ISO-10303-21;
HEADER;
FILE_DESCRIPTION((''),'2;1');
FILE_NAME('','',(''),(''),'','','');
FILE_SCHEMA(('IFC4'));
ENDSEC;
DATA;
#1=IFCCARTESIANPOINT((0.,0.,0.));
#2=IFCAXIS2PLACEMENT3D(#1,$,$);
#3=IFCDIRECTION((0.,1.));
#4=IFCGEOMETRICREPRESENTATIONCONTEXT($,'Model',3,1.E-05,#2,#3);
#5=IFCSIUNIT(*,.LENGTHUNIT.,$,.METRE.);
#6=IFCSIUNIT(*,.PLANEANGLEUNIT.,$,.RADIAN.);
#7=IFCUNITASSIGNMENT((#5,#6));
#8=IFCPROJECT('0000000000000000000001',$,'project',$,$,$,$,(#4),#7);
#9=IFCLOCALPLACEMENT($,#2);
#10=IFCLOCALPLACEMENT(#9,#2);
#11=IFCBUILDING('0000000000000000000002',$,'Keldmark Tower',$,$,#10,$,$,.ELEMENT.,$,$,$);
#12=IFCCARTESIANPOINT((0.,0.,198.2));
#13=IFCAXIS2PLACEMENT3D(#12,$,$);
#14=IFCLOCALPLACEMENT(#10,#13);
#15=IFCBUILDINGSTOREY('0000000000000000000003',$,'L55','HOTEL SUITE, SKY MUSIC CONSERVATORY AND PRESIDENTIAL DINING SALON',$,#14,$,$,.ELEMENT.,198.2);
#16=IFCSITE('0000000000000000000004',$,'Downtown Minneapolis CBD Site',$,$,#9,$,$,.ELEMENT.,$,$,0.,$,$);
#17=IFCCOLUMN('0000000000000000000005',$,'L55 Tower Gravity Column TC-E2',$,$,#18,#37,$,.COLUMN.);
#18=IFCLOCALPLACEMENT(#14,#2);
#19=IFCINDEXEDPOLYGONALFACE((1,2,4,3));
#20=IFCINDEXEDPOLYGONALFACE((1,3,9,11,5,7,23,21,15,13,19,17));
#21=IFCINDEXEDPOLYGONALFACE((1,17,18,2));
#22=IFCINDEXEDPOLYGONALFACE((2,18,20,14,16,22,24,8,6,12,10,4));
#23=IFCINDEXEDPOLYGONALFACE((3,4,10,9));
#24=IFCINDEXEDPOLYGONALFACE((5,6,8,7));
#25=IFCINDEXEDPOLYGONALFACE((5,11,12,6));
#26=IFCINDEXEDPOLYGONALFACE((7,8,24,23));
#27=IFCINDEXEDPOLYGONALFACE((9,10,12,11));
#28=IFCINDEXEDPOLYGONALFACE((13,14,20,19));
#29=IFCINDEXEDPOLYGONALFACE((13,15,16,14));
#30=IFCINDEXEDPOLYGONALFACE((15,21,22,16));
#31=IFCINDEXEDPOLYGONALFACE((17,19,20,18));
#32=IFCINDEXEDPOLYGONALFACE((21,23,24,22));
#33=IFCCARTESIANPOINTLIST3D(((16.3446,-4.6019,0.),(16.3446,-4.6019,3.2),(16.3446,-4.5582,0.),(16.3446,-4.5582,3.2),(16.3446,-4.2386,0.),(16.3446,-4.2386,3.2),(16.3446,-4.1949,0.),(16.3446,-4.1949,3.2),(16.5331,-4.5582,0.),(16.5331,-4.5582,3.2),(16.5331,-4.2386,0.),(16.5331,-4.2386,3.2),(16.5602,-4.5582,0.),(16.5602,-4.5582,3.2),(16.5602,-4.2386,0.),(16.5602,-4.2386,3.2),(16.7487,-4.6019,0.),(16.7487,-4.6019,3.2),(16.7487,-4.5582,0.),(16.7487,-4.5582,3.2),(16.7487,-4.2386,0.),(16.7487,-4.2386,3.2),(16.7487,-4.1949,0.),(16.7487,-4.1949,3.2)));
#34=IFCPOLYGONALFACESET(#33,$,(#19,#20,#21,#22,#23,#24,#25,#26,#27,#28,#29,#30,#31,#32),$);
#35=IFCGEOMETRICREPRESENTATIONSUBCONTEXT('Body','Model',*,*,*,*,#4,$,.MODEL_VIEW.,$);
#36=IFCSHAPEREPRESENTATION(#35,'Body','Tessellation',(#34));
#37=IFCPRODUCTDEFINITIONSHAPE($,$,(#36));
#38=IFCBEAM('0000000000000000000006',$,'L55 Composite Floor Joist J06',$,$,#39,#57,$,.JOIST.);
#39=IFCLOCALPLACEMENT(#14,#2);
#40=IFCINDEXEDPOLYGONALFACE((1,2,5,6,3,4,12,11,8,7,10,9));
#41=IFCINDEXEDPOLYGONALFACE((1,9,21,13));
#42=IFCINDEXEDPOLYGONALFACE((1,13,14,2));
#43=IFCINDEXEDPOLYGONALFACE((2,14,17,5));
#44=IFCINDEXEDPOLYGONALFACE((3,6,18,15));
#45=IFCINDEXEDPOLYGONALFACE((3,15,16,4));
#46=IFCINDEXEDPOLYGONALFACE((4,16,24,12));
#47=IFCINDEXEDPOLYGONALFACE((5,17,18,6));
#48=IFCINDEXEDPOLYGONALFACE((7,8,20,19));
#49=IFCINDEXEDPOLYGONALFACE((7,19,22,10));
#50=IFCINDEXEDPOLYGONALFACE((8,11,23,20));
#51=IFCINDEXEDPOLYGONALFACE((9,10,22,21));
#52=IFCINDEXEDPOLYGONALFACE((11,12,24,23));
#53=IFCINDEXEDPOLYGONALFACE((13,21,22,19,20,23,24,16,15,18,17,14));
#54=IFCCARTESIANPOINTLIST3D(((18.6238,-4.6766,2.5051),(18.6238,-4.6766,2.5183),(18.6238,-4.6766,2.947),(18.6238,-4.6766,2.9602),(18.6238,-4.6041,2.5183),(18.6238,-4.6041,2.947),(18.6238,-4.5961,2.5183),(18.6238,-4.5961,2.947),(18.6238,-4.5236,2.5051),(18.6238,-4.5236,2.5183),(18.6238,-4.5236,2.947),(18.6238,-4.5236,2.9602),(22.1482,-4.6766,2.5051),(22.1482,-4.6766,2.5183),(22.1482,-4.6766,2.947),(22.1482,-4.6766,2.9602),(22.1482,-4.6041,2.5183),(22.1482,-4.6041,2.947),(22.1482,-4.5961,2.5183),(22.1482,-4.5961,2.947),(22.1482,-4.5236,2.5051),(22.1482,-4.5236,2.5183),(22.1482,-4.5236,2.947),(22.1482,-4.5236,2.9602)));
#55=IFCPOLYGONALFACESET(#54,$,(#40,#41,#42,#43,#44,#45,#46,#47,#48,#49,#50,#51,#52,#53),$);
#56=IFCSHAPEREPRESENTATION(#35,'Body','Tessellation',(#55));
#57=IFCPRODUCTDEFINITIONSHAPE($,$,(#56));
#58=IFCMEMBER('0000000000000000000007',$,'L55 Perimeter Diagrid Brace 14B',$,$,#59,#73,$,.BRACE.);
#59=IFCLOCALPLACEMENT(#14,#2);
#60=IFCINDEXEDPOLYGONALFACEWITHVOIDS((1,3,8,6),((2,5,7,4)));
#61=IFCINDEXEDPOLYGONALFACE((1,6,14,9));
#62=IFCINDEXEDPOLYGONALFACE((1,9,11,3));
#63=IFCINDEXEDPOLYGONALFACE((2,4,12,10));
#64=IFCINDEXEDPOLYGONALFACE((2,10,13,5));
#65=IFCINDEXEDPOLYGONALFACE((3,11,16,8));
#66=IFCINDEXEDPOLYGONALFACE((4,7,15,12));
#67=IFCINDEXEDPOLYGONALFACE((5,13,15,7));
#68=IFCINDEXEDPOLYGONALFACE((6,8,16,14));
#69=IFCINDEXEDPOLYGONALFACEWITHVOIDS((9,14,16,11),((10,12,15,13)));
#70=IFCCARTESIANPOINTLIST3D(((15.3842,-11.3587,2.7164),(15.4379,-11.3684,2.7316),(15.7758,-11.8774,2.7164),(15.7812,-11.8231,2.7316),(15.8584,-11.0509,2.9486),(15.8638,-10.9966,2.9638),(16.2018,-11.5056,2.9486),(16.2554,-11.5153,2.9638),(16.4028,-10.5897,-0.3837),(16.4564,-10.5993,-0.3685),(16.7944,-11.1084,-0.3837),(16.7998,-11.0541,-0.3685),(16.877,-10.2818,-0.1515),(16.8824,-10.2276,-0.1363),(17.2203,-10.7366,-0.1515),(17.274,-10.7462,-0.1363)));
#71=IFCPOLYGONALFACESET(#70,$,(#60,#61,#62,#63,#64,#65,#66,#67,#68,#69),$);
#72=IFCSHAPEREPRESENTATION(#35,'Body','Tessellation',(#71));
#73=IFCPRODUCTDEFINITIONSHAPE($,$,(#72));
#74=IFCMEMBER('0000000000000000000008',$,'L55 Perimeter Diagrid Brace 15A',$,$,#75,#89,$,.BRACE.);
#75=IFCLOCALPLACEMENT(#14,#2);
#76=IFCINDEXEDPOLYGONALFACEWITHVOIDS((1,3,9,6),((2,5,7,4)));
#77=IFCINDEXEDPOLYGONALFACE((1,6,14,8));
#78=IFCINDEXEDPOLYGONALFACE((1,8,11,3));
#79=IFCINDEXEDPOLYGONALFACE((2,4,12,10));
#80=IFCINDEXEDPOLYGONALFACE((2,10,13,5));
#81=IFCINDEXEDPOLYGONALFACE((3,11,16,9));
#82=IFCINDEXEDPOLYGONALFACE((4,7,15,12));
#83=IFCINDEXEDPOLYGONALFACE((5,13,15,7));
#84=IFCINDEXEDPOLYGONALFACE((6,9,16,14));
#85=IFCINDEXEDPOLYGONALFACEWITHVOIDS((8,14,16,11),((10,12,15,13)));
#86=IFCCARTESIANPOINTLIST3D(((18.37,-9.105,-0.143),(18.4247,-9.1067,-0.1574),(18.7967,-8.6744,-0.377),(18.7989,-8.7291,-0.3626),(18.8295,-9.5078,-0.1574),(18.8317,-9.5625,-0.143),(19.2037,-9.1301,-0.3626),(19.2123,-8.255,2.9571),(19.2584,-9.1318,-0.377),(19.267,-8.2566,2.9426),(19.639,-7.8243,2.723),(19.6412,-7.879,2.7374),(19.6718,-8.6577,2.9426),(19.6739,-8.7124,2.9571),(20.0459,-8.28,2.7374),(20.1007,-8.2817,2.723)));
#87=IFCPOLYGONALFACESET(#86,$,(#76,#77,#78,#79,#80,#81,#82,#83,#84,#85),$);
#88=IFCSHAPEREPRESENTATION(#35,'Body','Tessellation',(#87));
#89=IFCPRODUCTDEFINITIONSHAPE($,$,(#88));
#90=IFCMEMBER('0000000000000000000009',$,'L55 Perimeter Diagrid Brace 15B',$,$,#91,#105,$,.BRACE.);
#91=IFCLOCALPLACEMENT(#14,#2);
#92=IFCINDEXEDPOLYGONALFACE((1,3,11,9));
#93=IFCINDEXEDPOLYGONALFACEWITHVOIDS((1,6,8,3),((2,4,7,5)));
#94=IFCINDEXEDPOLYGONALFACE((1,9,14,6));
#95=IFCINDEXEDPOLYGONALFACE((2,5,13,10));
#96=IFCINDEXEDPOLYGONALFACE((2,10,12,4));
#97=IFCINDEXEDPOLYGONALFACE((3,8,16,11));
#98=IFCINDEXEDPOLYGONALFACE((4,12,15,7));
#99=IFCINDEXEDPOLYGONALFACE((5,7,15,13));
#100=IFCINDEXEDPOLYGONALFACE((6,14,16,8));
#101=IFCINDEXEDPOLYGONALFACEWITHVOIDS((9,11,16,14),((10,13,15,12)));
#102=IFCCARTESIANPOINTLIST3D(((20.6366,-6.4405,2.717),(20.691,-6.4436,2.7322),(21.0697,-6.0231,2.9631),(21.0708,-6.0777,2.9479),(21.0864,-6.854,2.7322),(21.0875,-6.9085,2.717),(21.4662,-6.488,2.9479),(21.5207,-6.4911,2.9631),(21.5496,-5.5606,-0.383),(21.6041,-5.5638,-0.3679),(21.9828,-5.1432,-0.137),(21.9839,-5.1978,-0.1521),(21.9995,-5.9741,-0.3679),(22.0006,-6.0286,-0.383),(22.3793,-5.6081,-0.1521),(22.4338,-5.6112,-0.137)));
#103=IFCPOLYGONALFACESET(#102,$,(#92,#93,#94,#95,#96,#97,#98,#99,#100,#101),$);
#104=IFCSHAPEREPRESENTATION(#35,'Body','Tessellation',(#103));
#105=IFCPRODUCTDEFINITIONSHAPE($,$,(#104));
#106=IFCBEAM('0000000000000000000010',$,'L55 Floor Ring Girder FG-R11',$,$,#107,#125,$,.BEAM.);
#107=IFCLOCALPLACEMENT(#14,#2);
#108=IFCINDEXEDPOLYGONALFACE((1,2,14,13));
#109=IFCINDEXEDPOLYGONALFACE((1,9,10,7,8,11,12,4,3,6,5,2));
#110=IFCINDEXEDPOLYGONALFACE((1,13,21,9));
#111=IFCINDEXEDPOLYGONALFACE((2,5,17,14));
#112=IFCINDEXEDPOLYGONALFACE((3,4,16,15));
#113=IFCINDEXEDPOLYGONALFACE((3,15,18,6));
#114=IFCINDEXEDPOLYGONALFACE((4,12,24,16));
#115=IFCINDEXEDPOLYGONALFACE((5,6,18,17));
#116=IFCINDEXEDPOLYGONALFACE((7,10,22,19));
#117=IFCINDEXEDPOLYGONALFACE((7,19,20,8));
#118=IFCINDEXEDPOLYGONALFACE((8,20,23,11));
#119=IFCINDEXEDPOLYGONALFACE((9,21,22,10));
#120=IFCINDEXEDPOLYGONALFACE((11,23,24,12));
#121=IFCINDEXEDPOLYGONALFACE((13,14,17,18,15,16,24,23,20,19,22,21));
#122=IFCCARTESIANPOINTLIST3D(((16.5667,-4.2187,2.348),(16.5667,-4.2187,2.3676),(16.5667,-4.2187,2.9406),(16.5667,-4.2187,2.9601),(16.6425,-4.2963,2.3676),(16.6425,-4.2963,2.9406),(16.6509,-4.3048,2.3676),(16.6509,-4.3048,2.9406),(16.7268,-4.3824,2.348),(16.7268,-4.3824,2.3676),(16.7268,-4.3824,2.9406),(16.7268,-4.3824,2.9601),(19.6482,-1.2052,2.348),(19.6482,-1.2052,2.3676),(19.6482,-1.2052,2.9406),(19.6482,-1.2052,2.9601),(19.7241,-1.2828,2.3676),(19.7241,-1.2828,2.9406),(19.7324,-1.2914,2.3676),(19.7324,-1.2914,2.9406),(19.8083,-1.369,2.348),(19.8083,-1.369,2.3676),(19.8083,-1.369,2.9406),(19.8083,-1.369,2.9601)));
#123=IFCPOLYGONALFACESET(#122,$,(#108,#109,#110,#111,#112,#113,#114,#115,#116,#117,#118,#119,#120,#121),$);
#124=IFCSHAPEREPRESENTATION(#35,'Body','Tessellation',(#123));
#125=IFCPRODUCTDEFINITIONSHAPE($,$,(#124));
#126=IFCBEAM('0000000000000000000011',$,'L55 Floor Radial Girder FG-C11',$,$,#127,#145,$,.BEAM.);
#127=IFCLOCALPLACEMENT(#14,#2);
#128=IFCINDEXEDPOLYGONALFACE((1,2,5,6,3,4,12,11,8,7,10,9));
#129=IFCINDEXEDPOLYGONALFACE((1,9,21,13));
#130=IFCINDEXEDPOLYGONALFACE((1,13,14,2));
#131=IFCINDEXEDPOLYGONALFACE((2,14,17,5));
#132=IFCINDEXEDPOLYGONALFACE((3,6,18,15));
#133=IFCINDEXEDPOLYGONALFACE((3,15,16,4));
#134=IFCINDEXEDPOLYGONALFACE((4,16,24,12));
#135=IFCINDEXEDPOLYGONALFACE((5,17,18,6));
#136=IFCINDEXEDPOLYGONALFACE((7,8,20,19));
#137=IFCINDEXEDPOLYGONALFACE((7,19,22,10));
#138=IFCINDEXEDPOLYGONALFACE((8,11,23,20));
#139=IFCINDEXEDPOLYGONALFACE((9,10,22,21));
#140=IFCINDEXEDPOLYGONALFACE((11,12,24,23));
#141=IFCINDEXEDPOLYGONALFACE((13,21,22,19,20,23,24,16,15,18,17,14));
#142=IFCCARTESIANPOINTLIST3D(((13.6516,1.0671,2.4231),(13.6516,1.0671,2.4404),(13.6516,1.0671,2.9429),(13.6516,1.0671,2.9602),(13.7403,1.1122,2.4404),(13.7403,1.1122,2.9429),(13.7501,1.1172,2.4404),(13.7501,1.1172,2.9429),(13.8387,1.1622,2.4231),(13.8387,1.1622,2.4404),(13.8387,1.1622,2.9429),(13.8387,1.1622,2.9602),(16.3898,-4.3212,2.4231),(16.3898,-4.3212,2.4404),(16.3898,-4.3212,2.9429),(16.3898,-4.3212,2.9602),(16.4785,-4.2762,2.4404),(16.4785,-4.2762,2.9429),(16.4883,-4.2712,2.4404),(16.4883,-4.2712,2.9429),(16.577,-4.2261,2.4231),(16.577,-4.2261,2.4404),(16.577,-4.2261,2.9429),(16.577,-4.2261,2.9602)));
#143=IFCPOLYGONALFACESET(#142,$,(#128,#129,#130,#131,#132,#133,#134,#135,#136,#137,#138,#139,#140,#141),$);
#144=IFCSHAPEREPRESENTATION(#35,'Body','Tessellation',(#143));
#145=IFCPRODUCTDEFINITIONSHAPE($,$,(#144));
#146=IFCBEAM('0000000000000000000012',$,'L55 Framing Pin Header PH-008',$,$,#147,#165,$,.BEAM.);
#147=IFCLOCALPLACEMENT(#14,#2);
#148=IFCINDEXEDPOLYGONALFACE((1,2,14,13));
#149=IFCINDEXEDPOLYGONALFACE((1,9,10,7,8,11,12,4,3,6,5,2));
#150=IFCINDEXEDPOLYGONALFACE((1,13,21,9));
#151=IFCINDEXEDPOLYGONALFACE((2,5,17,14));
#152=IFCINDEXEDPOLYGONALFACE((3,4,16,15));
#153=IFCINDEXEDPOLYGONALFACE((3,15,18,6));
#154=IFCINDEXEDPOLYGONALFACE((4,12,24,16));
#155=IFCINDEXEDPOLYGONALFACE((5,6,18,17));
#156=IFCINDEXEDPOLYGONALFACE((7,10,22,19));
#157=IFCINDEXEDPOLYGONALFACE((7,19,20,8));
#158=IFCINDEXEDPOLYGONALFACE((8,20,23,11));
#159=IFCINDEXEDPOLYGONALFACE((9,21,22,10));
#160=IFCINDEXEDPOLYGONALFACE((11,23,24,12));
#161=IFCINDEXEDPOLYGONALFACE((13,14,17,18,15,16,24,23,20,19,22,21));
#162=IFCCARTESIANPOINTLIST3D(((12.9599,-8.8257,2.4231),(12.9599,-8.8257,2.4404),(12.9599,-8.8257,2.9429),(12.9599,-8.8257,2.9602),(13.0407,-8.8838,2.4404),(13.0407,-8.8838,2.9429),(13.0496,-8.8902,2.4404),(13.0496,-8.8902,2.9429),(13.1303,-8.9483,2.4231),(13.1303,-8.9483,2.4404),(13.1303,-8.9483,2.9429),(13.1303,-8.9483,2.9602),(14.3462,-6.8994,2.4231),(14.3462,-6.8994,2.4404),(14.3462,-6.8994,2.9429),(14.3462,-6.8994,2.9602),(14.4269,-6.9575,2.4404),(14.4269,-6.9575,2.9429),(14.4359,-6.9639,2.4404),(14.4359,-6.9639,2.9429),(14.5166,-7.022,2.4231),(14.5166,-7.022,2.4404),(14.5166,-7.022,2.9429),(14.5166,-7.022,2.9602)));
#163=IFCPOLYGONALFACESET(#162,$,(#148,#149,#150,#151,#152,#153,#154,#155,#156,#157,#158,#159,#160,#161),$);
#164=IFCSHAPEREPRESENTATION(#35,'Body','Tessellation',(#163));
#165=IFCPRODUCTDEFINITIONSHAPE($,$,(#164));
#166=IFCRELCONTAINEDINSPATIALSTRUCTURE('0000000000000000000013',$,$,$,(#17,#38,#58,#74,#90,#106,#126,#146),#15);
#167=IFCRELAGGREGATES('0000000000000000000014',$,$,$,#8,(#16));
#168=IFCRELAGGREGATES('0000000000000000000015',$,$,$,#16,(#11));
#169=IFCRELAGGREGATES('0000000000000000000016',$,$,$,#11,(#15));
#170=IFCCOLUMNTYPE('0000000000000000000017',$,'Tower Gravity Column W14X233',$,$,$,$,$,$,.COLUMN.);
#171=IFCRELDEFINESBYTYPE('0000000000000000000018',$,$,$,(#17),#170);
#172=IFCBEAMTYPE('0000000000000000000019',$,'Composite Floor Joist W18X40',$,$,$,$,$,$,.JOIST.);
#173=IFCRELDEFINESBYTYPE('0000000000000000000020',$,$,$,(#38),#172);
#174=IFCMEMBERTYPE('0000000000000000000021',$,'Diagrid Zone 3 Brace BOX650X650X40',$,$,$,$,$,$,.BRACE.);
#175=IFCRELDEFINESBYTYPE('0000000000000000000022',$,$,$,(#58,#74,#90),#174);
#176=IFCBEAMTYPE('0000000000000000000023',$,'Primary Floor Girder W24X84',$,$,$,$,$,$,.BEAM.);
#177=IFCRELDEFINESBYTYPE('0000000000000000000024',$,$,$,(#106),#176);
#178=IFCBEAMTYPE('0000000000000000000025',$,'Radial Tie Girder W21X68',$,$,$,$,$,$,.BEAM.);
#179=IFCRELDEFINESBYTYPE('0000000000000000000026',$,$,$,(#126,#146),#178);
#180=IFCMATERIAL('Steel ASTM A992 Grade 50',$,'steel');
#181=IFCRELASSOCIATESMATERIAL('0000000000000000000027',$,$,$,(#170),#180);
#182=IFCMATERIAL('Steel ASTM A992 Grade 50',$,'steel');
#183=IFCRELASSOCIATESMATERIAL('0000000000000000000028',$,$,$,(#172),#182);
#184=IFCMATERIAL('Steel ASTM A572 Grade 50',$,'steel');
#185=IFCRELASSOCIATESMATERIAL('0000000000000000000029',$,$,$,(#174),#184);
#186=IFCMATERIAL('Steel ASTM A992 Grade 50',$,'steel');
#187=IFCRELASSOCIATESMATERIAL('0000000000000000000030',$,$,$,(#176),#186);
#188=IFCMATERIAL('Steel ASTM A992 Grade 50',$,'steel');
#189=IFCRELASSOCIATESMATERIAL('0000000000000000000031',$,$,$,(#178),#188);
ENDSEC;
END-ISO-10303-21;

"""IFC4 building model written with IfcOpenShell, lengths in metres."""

from ifc_helpers import new_model, si_unit, direction, frame, origin, origin_2d, place, context, subcontext, project, spatial, hollow_rectangle, i_section, extrude, material, material_profile, profile_set, type_object, element, save


model = new_model("IFC4")

# Units and contexts
model_context = context("Model", 3, precision=1e-05, world=origin(), true_north=direction((0.0, 1.0)))
body_context = subcontext(model_context, "Body", "Model", "MODEL_VIEW")
ifc_project = project(units=[si_unit("LENGTHUNIT", "METRE"), si_unit("PLANEANGLEUNIT", "RADIAN")], contexts=[model_context])

# Site, building, storey
site_placement = place(None, origin())
site = spatial("IfcSite", under=ifc_project, at=site_placement, Name="Downtown Minneapolis CBD Site", CompositionType="ELEMENT", RefElevation=0.0)
building_placement = place(site_placement, origin())
building = spatial("IfcBuilding", under=site, at=building_placement, Name="Keldmark Tower", CompositionType="ELEMENT")
storey_placement = place(building_placement, frame((0.0, 0.0, 198.2)))
storey = spatial("IfcBuildingStorey", under=building, at=storey_placement, Name="L55", Description="HOTEL SUITE, SKY MUSIC CONSERVATORY AND PRESIDENTIAL DINING SALON", CompositionType="ELEMENT", Elevation=198.2)

# Column
ifc_material_1 = material(Name="Steel ASTM A992 Grade 50", Category="steel")
ifc_material_profile_1 = material_profile(ifc_material_1, i_section(OverallWidth=0.4041, OverallDepth=0.407, WebThickness=0.0271, FlangeThickness=0.0437, at=origin_2d()), Name="W14X233")
ifc_profile_set_1 = profile_set([ifc_material_profile_1], Name="Steel ASTM A992 Grade 50")
column_type = type_object("IfcColumnType", Name="Tower Gravity Column W14X233", PredefinedType="COLUMN", material=ifc_profile_set_1)
column_placement = place(storey_placement, frame((16.5466, -4.3984, 0.0), z_axis=(0.0, 0.0, 1.0), x_axis=(1.0, 0.0, 0.0)))
element("IfcColumn", 1, at=column_placement, inside=storey, type_object=column_type, Name="L55 Tower Gravity Column TC-E2", PredefinedType="COLUMN", context=body_context, shape_type="SweptSolid", body=[
    extrude(i_section(OverallWidth=0.4041, OverallDepth=0.407, WebThickness=0.0271, FlangeThickness=0.0437, at=origin_2d()), origin(), (0.0, 0.0, 1.0), 3.2),
])

# Beam
ifc_material_2 = material(Name="Steel ASTM A992 Grade 50", Category="steel")
ifc_material_profile_2 = material_profile(ifc_material_2, i_section(OverallWidth=0.1531, OverallDepth=0.4551, WebThickness=0.0081, FlangeThickness=0.0132, at=origin_2d()), Name="W18X40")
ifc_profile_set_2 = profile_set([ifc_material_profile_2], Name="Steel ASTM A992 Grade 50")
beam_type_1 = type_object("IfcBeamType", Name="Composite Floor Joist W18X40", PredefinedType="JOIST", material=ifc_profile_set_2)
beam_1_placement = place(storey_placement, frame((18.6238, -4.6001, 2.7327), z_axis=(1.0, 0.0, 0.0), x_axis=(0.0, 1.0, 0.0)))
element("IfcBeam", 2, at=beam_1_placement, inside=storey, type_object=beam_type_1, Name="L55 Composite Floor Joist J06", PredefinedType="JOIST", context=body_context, shape_type="SweptSolid", body=[
    extrude(i_section(OverallWidth=0.1531, OverallDepth=0.4551, WebThickness=0.0081, FlangeThickness=0.0132, at=origin_2d()), origin(), (0.0, 0.0, 1.0), 3.5244),
])

# Members
ifc_material_3 = material(Name="Steel ASTM A572 Grade 50", Category="steel")
ifc_material_profile_3 = material_profile(ifc_material_3, hollow_rectangle(XDim=0.6499, YDim=0.6499, WallThickness=0.04, at=origin_2d()), Name="BOX650X650X40")
ifc_profile_set_3 = profile_set([ifc_material_profile_3], Name="Steel ASTM A572 Grade 50")
member_type = type_object("IfcMemberType", Name="Diagrid Zone 3 Brace BOX650X650X40", PredefinedType="BRACE", material=ifc_profile_set_3)
member_1_placement = place(storey_placement, frame((16.8384, -10.668, -0.26), z_axis=(-0.303816, -0.229392, 0.924703), x_axis=(0.602568, -0.798068, 0.0)))
element("IfcMember", 3, at=member_1_placement, inside=storey, type_object=member_type, Name="L55 Perimeter Diagrid Brace 14B", PredefinedType="BRACE", context=body_context, shape_type="SweptSolid", body=[
    extrude(hollow_rectangle(XDim=0.6499, YDim=0.6499, WallThickness=0.04, at=origin_2d()), origin(), (0.0, 0.0, 1.0), 3.3525),
])
member_2_placement = place(storey_placement, frame((18.8142, -9.1184, -0.26), z_axis=(0.253467, 0.255818, 0.932905), x_axis=(-0.710363, 0.703835, 0.0)))
element("IfcMember", 4, at=member_2_placement, inside=storey, type_object=member_type, Name="L55 Perimeter Diagrid Brace 15A", PredefinedType="BRACE", context=body_context, shape_type="SweptSolid", body=[
    extrude(hollow_rectangle(XDim=0.6499, YDim=0.6499, WallThickness=0.04, at=origin_2d()), origin(), (0.0, 0.0, 1.0), 3.323),
])
member_3_placement = place(storey_placement, frame((21.9917, -5.5859, -0.26), z_axis=(-0.272611, -0.262698, 0.925566), x_axis=(0.693893, -0.720078, 0.0)))
element("IfcMember", 5, at=member_3_placement, inside=storey, type_object=member_type, Name="L55 Perimeter Diagrid Brace 15B", PredefinedType="BRACE", context=body_context, shape_type="SweptSolid", body=[
    extrude(hollow_rectangle(XDim=0.6499, YDim=0.6499, WallThickness=0.04, at=origin_2d()), origin(), (0.0, 0.0, 1.0), 3.3494),
])

# Beams
ifc_material_4 = material(Name="Steel ASTM A992 Grade 50", Category="steel")
ifc_material_profile_4 = material_profile(ifc_material_4, i_section(OverallWidth=0.229, OverallDepth=0.6121, WebThickness=0.012, FlangeThickness=0.0195, at=origin_2d()), Name="W24X84")
ifc_profile_set_4 = profile_set([ifc_material_profile_4], Name="Steel ASTM A992 Grade 50")
beam_type_2 = type_object("IfcBeamType", Name="Primary Floor Girder W24X84", PredefinedType="BEAM", material=ifc_profile_set_4)
beam_2_placement = place(storey_placement, frame((16.6467, -4.3005, 2.6541), z_axis=(0.714965, 0.699161, 0.0), x_axis=(-0.699161, 0.714965, 0.0)))
element("IfcBeam", 6, at=beam_2_placement, inside=storey, type_object=beam_type_2, Name="L55 Floor Ring Girder FG-R11", PredefinedType="BEAM", context=body_context, shape_type="SweptSolid", body=[
    extrude(i_section(OverallWidth=0.229, OverallDepth=0.6121, WebThickness=0.012, FlangeThickness=0.0195, at=origin_2d()), origin(), (0.0, 0.0, 1.0), 4.3101),
])
ifc_material_5 = material(Name="Steel ASTM A992 Grade 50", Category="steel")
ifc_material_profile_5 = material_profile(ifc_material_5, i_section(OverallWidth=0.21, OverallDepth=0.5371, WebThickness=0.011, FlangeThickness=0.0173, at=origin_2d()), Name="W21X68")
ifc_profile_set_5 = profile_set([ifc_material_profile_5], Name="Steel ASTM A992 Grade 50")
beam_type_3 = type_object("IfcBeamType", Name="Radial Tie Girder W21X68", PredefinedType="BEAM", material=ifc_profile_set_5)
beam_3_placement = place(storey_placement, frame((16.4834, -4.2737, 2.6917), z_axis=(-0.453037, 0.891492, 0.0), x_axis=(-0.891492, -0.453037, 0.0)))
element("IfcBeam", 7, at=beam_3_placement, inside=storey, type_object=beam_type_3, Name="L55 Floor Radial Girder FG-C11", PredefinedType="BEAM", context=body_context, shape_type="SweptSolid", body=[
    extrude(i_section(OverallWidth=0.21, OverallDepth=0.5371, WebThickness=0.011, FlangeThickness=0.0173, at=origin_2d()), origin(), (0.0, 0.0, 1.0), 6.0442),
])
beam_4_placement = place(storey_placement, frame((14.4314, -6.9607, 2.6917), z_axis=(-0.584115, -0.811671, 0.0), x_axis=(0.811671, -0.584115, 0.0)))
element("IfcBeam", 8, at=beam_4_placement, inside=storey, type_object=beam_type_3, Name="L55 Framing Pin Header PH-008", PredefinedType="BEAM", context=body_context, shape_type="SweptSolid", body=[
    extrude(i_section(OverallWidth=0.21, OverallDepth=0.5371, WebThickness=0.011, FlangeThickness=0.0173, at=origin_2d()), origin(), (0.0, 0.0, 1.0), 2.3733),
])

save(model, "model.ifc")
